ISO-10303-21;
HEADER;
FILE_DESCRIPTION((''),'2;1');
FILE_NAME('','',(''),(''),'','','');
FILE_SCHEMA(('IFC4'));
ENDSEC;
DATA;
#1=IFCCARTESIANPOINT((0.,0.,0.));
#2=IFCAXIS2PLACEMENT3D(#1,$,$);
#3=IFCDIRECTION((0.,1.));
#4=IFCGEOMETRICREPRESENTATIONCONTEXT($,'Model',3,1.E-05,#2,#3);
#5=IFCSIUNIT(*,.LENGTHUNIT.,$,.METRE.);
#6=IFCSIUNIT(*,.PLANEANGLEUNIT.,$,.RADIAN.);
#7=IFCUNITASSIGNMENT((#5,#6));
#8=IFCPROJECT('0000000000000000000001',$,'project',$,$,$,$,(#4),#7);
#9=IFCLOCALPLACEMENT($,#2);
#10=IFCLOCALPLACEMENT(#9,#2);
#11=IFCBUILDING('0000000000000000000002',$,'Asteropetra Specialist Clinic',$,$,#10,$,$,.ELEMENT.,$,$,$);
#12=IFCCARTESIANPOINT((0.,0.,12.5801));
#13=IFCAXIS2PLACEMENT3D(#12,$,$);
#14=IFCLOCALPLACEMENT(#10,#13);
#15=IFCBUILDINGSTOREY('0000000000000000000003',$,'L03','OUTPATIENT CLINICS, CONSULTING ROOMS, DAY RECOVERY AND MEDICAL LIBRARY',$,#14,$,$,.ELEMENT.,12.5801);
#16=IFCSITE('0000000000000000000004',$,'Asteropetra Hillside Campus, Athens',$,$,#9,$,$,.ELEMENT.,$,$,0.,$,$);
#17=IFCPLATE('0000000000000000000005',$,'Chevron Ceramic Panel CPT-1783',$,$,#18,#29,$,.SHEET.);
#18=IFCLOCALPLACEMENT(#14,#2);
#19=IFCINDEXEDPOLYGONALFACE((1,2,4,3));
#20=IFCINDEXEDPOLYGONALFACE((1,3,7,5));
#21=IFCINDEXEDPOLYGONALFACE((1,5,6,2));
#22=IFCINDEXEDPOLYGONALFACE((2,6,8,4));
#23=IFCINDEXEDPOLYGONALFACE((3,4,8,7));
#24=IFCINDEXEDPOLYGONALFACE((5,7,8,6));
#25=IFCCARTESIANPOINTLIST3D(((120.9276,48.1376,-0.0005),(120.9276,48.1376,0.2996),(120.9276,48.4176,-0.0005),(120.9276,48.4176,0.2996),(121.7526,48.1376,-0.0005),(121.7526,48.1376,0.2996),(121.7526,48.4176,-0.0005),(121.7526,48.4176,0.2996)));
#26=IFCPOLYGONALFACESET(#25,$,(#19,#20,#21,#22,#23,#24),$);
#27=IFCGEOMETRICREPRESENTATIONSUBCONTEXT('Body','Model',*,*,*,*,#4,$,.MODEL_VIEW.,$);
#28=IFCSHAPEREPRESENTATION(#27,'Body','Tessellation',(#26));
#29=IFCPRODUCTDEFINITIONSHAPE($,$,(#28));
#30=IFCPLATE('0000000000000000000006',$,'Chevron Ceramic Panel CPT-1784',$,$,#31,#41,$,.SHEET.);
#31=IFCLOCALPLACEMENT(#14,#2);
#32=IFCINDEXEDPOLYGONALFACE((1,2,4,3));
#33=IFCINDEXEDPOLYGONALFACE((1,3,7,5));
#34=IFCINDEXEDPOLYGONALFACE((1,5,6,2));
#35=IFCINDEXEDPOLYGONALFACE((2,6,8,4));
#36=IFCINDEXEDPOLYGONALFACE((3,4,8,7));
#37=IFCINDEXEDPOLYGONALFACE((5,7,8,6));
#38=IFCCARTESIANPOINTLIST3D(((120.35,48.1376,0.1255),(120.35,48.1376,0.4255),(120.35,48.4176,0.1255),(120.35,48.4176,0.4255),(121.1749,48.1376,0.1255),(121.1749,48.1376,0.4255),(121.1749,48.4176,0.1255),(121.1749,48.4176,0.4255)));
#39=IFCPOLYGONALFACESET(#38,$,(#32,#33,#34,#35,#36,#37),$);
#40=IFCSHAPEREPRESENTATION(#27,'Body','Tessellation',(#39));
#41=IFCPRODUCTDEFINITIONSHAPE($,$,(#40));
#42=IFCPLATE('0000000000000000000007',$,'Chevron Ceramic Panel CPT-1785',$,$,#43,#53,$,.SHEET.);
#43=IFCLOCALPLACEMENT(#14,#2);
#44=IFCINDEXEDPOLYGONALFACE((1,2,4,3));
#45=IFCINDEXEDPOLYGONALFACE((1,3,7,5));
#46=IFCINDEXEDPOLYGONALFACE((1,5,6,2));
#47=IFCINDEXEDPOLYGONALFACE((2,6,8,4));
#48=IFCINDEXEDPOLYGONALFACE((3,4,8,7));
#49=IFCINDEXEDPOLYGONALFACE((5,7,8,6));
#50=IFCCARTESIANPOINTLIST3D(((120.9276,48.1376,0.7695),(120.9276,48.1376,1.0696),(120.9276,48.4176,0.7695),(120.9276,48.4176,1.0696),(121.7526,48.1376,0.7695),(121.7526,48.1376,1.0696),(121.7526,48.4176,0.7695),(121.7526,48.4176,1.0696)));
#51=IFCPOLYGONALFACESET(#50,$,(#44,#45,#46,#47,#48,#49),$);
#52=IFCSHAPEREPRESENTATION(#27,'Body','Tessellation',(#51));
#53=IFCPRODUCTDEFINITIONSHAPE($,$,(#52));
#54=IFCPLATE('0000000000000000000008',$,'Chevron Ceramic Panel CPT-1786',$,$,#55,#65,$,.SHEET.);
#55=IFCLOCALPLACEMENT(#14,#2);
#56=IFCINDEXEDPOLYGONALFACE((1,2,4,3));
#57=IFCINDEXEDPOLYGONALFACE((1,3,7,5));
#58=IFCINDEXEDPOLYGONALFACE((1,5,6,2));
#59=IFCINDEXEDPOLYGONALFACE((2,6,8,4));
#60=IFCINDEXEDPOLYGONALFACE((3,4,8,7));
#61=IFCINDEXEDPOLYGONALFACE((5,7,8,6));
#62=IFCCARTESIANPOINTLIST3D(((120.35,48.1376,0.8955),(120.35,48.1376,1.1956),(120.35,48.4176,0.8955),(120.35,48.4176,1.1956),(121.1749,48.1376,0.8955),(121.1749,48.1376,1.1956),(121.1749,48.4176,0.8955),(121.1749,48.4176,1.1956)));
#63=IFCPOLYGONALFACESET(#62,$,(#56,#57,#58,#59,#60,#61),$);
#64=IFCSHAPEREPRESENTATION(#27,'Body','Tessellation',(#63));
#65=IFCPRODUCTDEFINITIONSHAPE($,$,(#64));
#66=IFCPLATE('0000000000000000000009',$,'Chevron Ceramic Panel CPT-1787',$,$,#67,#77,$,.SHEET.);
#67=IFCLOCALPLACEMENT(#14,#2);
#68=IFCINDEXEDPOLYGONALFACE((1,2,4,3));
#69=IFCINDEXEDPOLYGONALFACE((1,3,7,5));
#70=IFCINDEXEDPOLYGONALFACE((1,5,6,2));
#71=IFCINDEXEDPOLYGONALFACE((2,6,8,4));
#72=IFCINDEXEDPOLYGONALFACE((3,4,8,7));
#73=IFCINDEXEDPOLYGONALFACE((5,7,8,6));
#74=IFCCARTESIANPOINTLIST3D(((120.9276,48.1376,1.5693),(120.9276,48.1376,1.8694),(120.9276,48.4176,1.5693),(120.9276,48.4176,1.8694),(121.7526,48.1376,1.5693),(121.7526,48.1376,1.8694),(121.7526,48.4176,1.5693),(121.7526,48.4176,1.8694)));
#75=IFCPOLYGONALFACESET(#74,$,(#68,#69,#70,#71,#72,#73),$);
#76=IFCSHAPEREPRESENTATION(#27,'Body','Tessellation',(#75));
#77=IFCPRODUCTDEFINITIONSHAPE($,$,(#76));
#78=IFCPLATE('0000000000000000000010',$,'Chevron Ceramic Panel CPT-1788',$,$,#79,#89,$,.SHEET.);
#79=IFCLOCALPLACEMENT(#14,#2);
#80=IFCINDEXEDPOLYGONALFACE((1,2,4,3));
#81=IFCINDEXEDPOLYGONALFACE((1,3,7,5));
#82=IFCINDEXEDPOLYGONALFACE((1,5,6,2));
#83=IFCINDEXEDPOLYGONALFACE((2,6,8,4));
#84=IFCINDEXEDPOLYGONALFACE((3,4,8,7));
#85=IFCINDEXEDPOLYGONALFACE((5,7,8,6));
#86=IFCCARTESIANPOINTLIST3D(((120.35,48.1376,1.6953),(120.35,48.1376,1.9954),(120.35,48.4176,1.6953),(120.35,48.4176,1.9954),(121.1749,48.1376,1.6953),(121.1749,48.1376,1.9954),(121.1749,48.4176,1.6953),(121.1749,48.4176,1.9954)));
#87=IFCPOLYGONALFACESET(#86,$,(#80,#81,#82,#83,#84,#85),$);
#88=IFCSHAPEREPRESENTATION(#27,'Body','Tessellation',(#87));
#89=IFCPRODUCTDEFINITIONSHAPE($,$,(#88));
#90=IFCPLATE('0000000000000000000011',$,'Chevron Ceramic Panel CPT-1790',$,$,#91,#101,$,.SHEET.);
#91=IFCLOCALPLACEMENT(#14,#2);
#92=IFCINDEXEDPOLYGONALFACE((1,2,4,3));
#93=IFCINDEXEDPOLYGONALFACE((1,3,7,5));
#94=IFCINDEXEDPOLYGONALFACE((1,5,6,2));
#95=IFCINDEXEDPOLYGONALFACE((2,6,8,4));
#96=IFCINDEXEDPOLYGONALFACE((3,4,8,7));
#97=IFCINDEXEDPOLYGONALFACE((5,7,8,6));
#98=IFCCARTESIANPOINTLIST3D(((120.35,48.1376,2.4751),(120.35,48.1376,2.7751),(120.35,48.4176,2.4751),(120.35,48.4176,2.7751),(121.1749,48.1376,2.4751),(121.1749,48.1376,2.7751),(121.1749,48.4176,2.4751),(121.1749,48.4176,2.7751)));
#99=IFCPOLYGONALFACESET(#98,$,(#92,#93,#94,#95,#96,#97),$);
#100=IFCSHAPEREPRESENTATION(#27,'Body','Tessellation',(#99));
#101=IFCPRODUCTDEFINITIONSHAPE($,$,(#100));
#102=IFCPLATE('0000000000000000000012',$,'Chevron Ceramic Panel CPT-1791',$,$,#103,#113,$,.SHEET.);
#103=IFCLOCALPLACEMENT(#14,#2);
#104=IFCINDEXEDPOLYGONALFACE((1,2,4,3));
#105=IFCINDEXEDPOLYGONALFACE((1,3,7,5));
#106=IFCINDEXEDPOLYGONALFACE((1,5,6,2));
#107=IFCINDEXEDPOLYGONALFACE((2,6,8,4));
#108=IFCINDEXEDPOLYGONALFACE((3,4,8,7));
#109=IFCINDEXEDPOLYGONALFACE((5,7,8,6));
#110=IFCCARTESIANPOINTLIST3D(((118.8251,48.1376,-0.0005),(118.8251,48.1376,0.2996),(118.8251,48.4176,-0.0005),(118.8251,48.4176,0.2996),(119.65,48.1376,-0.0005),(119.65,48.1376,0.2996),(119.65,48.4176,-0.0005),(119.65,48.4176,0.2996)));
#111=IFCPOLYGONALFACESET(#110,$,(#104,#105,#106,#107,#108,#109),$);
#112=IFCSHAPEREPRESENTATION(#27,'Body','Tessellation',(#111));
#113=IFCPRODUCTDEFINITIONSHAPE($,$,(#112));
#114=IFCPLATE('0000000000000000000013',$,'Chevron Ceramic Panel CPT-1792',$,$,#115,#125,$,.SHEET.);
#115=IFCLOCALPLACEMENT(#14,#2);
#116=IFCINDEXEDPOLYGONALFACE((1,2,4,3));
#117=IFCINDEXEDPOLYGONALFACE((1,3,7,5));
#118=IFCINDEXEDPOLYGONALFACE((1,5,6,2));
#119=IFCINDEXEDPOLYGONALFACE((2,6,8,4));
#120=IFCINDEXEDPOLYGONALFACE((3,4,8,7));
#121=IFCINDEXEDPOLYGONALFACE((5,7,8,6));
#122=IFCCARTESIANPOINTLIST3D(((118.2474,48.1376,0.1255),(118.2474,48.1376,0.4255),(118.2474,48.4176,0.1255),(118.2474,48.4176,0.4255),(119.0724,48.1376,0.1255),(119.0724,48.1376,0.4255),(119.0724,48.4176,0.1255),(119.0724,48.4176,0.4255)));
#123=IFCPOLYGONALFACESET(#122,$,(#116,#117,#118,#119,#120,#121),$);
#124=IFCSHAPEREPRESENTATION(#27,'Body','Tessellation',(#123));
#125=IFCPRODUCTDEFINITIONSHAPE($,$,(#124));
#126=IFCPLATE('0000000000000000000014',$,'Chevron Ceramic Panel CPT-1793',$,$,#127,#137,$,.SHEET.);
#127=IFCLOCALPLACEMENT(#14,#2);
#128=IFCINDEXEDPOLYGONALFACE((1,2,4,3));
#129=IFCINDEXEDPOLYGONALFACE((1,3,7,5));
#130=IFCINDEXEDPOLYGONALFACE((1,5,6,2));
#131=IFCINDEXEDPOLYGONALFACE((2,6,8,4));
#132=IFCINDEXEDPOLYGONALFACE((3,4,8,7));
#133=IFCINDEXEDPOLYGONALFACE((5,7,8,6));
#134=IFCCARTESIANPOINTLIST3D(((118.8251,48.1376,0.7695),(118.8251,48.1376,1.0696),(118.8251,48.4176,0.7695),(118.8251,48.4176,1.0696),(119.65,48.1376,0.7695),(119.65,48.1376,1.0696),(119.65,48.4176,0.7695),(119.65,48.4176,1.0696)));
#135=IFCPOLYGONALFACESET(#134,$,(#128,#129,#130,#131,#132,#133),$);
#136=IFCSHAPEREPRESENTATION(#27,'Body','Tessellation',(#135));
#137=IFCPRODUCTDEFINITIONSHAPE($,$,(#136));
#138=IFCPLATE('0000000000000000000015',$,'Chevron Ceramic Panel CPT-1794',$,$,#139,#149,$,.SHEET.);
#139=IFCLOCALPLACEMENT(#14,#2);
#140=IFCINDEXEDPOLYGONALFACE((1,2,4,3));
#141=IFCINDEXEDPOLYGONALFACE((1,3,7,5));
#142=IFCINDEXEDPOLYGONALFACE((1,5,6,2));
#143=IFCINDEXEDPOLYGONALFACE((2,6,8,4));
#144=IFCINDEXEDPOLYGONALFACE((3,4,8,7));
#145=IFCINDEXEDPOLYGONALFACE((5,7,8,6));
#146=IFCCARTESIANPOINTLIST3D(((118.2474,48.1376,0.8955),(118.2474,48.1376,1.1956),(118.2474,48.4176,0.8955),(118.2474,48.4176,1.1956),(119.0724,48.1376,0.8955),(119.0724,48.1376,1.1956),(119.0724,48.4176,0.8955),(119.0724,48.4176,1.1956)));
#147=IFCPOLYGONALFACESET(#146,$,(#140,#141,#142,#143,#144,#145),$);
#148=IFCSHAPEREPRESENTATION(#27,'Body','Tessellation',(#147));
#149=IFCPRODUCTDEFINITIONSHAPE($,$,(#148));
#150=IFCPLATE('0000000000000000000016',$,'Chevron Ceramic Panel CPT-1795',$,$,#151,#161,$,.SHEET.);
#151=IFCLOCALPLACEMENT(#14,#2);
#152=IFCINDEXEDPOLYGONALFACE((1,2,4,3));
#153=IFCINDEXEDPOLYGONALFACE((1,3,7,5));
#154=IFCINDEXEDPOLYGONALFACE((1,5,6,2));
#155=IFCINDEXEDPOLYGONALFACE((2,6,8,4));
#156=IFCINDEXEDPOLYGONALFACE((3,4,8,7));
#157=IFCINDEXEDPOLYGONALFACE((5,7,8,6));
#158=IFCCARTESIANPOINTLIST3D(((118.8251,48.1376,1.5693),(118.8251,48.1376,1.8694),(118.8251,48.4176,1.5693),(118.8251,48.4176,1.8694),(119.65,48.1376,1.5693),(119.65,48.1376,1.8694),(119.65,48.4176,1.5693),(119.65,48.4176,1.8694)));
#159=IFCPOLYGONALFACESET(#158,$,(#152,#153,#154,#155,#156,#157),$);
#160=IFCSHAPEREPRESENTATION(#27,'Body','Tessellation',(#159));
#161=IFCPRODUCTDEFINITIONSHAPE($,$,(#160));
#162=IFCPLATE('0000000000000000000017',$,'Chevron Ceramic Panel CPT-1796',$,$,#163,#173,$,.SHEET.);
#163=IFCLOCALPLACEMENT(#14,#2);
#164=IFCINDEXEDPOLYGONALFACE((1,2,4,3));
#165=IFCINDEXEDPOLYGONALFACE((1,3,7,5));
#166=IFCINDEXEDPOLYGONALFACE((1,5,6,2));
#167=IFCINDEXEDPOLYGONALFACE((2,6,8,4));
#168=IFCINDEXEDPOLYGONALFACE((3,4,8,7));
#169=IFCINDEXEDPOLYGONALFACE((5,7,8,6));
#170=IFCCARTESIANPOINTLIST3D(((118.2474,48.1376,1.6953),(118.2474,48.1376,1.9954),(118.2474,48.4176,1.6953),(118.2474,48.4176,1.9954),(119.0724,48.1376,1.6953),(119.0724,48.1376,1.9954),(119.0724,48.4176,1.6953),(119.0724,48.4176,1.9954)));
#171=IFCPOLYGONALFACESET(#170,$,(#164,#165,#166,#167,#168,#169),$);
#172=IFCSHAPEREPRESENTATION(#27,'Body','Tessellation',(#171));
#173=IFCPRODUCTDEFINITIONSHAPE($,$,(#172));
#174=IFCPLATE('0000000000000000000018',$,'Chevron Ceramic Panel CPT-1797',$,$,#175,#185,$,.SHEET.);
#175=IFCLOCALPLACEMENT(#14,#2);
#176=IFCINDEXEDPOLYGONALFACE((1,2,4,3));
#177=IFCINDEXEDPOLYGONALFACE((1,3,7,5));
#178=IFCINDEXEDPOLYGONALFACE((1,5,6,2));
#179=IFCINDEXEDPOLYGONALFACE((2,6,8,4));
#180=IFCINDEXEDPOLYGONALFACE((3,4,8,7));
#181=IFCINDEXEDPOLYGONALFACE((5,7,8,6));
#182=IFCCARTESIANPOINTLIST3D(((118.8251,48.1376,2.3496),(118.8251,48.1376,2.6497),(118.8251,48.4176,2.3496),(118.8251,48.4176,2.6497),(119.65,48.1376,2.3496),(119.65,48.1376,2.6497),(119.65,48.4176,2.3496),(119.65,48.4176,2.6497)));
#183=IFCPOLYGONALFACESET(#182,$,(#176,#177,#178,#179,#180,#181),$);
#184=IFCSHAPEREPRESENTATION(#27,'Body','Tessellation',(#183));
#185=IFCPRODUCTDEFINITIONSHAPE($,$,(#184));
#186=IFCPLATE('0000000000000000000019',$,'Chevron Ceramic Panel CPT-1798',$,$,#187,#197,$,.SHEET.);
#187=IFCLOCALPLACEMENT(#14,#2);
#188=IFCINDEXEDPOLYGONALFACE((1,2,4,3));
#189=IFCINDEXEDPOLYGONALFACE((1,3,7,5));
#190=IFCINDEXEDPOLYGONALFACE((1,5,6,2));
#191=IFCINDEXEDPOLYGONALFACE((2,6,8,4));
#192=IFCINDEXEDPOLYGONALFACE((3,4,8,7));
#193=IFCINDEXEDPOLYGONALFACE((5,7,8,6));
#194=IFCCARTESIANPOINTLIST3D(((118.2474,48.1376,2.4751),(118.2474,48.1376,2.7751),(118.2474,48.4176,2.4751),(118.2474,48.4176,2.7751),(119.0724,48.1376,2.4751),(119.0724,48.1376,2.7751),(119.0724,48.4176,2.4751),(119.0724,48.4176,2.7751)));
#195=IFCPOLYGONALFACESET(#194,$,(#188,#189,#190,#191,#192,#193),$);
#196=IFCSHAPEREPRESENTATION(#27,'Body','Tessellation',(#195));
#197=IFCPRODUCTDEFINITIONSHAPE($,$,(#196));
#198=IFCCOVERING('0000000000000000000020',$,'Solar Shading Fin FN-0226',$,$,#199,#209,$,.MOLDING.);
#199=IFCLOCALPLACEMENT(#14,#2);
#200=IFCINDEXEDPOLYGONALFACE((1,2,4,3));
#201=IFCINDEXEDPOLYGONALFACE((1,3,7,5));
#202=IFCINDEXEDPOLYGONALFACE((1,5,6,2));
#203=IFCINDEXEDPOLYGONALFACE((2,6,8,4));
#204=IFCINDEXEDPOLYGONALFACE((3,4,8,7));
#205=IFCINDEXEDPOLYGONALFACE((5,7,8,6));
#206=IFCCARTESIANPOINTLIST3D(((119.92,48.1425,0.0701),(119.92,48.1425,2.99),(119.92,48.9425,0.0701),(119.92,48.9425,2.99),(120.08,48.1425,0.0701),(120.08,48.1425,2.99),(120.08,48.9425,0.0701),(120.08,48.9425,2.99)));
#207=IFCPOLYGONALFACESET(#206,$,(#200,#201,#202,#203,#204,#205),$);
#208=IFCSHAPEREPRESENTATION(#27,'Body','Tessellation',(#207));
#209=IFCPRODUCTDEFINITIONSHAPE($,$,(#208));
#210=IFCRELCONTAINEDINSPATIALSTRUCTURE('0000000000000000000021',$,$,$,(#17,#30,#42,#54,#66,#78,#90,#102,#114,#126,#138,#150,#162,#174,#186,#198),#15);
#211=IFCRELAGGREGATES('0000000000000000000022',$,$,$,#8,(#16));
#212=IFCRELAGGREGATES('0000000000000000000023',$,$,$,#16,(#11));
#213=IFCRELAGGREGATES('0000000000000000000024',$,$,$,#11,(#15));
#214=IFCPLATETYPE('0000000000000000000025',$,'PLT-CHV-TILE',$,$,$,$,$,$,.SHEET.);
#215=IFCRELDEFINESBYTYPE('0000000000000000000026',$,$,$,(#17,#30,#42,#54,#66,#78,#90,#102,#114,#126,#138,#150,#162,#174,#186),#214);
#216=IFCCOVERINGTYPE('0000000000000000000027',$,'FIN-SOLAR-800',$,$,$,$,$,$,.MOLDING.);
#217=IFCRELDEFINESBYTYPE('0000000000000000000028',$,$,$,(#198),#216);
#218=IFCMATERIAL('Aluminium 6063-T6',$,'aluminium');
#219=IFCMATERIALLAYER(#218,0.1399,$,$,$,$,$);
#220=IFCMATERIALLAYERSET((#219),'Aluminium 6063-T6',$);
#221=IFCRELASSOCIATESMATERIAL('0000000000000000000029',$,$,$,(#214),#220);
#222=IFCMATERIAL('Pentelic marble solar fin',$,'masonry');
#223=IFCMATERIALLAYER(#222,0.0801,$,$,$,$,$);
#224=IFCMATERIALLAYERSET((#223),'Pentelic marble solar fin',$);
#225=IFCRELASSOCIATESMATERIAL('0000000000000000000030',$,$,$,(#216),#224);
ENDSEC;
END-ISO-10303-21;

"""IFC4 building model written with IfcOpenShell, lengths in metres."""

from ifc_helpers import new_model, si_unit, direction, frame, origin, origin_2d, place, context, subcontext, project, spatial, rectangle, extrude, material, layer, layer_set, type_object, element, save


model = new_model("IFC4")

# Units and contexts
model_context = context("Model", 3, precision=1e-05, world=origin(), true_north=direction((0.0, 1.0)))
body_context = subcontext(model_context, "Body", "Model", "MODEL_VIEW")
ifc_project = project(units=[si_unit("LENGTHUNIT", "METRE"), si_unit("PLANEANGLEUNIT", "RADIAN")], contexts=[model_context])

# Site, building, storey
site_placement = place(None, origin())
site = spatial("IfcSite", under=ifc_project, at=site_placement, Name="Asteropetra Hillside Campus, Athens", CompositionType="ELEMENT", RefElevation=0.0)
building_placement = place(site_placement, origin())
building = spatial("IfcBuilding", under=site, at=building_placement, Name="Asteropetra Specialist Clinic", CompositionType="ELEMENT")
storey_placement = place(building_placement, frame((0.0, 0.0, 12.5801)))
storey = spatial("IfcBuildingStorey", under=building, at=storey_placement, Name="L03", Description="OUTPATIENT CLINICS, CONSULTING ROOMS, DAY RECOVERY AND MEDICAL LIBRARY", CompositionType="ELEMENT", Elevation=12.5801)

# Plates
ifc_material_1 = material(Name="Aluminium 6063-T6", Category="aluminium")
ifc_layer_1 = layer(ifc_material_1, 0.1399)
ifc_layer_set_1 = layer_set([ifc_layer_1], Name="Aluminium 6063-T6")
plate_type_1 = type_object("IfcPlateType", Name="PLT-CHV-TILE", PredefinedType="SHEET", material=ifc_layer_set_1)
for number, where, z_axis, x_axis, name in (
    (1, (121.3401, 48.2776, -0.0005), (0.0, 0.0, 1.0), (1.0, 0.0, 0.0), "Chevron Ceramic Panel CPT-1783"),
    (2, (120.7625, 48.2776, 0.1255), (0.0, 0.0, 1.0), (1.0, 0.0, 0.0), "Chevron Ceramic Panel CPT-1784"),
    (3, (121.3401, 48.2776, 0.7695), (0.0, 0.0, 1.0), (1.0, 0.0, 0.0), "Chevron Ceramic Panel CPT-1785"),
    (4, (120.7625, 48.2776, 0.8955), (0.0, 0.0, 1.0), (1.0, 0.0, 0.0), "Chevron Ceramic Panel CPT-1786"),
    (5, (121.3401, 48.2776, 1.5693), (0.0, 0.0, 1.0), (1.0, 0.0, 0.0), "Chevron Ceramic Panel CPT-1787"),
    (6, (120.7625, 48.2776, 1.6953), (0.0, 0.0, 1.0), (1.0, 0.0, 0.0), "Chevron Ceramic Panel CPT-1788"),
    (7, (120.7625, 48.2776, 2.4751), (0.0, 0.0, 1.0), (1.0, 0.0, 0.0), "Chevron Ceramic Panel CPT-1790"),
    (8, (119.2375, 48.2776, -0.0005), (0.0, 0.0, 1.0), (1.0, 0.0, 0.0), "Chevron Ceramic Panel CPT-1791"),
    (9, (118.6599, 48.2776, 0.1255), (0.0, 0.0, 1.0), (1.0, 0.0, 0.0), "Chevron Ceramic Panel CPT-1792"),
    (10, (119.2375, 48.2776, 0.7695), (0.0, 0.0, 1.0), (1.0, 0.0, 0.0), "Chevron Ceramic Panel CPT-1793"),
    (11, (118.6599, 48.2776, 0.8955), (0.0, 0.0, 1.0), (1.0, 0.0, 0.0), "Chevron Ceramic Panel CPT-1794"),
    (12, (119.2375, 48.2776, 1.5693), (0.0, 0.0, 1.0), (1.0, 0.0, 0.0), "Chevron Ceramic Panel CPT-1795"),
    (13, (118.6599, 48.2776, 1.6953), (0.0, 0.0, 1.0), (1.0, 0.0, 0.0), "Chevron Ceramic Panel CPT-1796"),
    (14, (119.2375, 48.2776, 2.3496), (0.0, 0.0, 1.0), (1.0, 0.0, 0.0), "Chevron Ceramic Panel CPT-1797"),
    (15, (118.6599, 48.2776, 2.4751), (0.0, 0.0, 1.0), (1.0, 0.0, 0.0), "Chevron Ceramic Panel CPT-1798"),
):
    element("IfcPlate", number, at=place(storey_placement, frame(where, z_axis=z_axis, x_axis=x_axis)), inside=storey, type_object=plate_type_1, Name=name, PredefinedType="SHEET", context=body_context, shape_type="SweptSolid", body=[
        extrude(rectangle(XDim=0.825, YDim=0.28, at=origin_2d()), origin(), (0.0, 0.0, 1.0), 0.3),
    ])

# Covering
ifc_material_2 = material(Name="Pentelic marble solar fin", Category="masonry")
ifc_layer_2 = layer(ifc_material_2, 0.0801)
ifc_layer_set_2 = layer_set([ifc_layer_2], Name="Pentelic marble solar fin")
covering_type = type_object("IfcCoveringType", Name="FIN-SOLAR-800", PredefinedType="MOLDING", material=ifc_layer_set_2)
covering_placement = place(storey_placement, frame((120.0, 48.5425, 0.0701), z_axis=(0.0, 0.0, 1.0), x_axis=(1.0, 0.0, 0.0)))
element("IfcCovering", 16, at=covering_placement, inside=storey, type_object=covering_type, Name="Solar Shading Fin FN-0226", PredefinedType="MOLDING", context=body_context, shape_type="SweptSolid", body=[
    extrude(rectangle(XDim=0.1599, YDim=0.8, at=origin_2d()), origin(), (0.0, 0.0, 1.0), 2.9199),
])

save(model, "model.ifc")
